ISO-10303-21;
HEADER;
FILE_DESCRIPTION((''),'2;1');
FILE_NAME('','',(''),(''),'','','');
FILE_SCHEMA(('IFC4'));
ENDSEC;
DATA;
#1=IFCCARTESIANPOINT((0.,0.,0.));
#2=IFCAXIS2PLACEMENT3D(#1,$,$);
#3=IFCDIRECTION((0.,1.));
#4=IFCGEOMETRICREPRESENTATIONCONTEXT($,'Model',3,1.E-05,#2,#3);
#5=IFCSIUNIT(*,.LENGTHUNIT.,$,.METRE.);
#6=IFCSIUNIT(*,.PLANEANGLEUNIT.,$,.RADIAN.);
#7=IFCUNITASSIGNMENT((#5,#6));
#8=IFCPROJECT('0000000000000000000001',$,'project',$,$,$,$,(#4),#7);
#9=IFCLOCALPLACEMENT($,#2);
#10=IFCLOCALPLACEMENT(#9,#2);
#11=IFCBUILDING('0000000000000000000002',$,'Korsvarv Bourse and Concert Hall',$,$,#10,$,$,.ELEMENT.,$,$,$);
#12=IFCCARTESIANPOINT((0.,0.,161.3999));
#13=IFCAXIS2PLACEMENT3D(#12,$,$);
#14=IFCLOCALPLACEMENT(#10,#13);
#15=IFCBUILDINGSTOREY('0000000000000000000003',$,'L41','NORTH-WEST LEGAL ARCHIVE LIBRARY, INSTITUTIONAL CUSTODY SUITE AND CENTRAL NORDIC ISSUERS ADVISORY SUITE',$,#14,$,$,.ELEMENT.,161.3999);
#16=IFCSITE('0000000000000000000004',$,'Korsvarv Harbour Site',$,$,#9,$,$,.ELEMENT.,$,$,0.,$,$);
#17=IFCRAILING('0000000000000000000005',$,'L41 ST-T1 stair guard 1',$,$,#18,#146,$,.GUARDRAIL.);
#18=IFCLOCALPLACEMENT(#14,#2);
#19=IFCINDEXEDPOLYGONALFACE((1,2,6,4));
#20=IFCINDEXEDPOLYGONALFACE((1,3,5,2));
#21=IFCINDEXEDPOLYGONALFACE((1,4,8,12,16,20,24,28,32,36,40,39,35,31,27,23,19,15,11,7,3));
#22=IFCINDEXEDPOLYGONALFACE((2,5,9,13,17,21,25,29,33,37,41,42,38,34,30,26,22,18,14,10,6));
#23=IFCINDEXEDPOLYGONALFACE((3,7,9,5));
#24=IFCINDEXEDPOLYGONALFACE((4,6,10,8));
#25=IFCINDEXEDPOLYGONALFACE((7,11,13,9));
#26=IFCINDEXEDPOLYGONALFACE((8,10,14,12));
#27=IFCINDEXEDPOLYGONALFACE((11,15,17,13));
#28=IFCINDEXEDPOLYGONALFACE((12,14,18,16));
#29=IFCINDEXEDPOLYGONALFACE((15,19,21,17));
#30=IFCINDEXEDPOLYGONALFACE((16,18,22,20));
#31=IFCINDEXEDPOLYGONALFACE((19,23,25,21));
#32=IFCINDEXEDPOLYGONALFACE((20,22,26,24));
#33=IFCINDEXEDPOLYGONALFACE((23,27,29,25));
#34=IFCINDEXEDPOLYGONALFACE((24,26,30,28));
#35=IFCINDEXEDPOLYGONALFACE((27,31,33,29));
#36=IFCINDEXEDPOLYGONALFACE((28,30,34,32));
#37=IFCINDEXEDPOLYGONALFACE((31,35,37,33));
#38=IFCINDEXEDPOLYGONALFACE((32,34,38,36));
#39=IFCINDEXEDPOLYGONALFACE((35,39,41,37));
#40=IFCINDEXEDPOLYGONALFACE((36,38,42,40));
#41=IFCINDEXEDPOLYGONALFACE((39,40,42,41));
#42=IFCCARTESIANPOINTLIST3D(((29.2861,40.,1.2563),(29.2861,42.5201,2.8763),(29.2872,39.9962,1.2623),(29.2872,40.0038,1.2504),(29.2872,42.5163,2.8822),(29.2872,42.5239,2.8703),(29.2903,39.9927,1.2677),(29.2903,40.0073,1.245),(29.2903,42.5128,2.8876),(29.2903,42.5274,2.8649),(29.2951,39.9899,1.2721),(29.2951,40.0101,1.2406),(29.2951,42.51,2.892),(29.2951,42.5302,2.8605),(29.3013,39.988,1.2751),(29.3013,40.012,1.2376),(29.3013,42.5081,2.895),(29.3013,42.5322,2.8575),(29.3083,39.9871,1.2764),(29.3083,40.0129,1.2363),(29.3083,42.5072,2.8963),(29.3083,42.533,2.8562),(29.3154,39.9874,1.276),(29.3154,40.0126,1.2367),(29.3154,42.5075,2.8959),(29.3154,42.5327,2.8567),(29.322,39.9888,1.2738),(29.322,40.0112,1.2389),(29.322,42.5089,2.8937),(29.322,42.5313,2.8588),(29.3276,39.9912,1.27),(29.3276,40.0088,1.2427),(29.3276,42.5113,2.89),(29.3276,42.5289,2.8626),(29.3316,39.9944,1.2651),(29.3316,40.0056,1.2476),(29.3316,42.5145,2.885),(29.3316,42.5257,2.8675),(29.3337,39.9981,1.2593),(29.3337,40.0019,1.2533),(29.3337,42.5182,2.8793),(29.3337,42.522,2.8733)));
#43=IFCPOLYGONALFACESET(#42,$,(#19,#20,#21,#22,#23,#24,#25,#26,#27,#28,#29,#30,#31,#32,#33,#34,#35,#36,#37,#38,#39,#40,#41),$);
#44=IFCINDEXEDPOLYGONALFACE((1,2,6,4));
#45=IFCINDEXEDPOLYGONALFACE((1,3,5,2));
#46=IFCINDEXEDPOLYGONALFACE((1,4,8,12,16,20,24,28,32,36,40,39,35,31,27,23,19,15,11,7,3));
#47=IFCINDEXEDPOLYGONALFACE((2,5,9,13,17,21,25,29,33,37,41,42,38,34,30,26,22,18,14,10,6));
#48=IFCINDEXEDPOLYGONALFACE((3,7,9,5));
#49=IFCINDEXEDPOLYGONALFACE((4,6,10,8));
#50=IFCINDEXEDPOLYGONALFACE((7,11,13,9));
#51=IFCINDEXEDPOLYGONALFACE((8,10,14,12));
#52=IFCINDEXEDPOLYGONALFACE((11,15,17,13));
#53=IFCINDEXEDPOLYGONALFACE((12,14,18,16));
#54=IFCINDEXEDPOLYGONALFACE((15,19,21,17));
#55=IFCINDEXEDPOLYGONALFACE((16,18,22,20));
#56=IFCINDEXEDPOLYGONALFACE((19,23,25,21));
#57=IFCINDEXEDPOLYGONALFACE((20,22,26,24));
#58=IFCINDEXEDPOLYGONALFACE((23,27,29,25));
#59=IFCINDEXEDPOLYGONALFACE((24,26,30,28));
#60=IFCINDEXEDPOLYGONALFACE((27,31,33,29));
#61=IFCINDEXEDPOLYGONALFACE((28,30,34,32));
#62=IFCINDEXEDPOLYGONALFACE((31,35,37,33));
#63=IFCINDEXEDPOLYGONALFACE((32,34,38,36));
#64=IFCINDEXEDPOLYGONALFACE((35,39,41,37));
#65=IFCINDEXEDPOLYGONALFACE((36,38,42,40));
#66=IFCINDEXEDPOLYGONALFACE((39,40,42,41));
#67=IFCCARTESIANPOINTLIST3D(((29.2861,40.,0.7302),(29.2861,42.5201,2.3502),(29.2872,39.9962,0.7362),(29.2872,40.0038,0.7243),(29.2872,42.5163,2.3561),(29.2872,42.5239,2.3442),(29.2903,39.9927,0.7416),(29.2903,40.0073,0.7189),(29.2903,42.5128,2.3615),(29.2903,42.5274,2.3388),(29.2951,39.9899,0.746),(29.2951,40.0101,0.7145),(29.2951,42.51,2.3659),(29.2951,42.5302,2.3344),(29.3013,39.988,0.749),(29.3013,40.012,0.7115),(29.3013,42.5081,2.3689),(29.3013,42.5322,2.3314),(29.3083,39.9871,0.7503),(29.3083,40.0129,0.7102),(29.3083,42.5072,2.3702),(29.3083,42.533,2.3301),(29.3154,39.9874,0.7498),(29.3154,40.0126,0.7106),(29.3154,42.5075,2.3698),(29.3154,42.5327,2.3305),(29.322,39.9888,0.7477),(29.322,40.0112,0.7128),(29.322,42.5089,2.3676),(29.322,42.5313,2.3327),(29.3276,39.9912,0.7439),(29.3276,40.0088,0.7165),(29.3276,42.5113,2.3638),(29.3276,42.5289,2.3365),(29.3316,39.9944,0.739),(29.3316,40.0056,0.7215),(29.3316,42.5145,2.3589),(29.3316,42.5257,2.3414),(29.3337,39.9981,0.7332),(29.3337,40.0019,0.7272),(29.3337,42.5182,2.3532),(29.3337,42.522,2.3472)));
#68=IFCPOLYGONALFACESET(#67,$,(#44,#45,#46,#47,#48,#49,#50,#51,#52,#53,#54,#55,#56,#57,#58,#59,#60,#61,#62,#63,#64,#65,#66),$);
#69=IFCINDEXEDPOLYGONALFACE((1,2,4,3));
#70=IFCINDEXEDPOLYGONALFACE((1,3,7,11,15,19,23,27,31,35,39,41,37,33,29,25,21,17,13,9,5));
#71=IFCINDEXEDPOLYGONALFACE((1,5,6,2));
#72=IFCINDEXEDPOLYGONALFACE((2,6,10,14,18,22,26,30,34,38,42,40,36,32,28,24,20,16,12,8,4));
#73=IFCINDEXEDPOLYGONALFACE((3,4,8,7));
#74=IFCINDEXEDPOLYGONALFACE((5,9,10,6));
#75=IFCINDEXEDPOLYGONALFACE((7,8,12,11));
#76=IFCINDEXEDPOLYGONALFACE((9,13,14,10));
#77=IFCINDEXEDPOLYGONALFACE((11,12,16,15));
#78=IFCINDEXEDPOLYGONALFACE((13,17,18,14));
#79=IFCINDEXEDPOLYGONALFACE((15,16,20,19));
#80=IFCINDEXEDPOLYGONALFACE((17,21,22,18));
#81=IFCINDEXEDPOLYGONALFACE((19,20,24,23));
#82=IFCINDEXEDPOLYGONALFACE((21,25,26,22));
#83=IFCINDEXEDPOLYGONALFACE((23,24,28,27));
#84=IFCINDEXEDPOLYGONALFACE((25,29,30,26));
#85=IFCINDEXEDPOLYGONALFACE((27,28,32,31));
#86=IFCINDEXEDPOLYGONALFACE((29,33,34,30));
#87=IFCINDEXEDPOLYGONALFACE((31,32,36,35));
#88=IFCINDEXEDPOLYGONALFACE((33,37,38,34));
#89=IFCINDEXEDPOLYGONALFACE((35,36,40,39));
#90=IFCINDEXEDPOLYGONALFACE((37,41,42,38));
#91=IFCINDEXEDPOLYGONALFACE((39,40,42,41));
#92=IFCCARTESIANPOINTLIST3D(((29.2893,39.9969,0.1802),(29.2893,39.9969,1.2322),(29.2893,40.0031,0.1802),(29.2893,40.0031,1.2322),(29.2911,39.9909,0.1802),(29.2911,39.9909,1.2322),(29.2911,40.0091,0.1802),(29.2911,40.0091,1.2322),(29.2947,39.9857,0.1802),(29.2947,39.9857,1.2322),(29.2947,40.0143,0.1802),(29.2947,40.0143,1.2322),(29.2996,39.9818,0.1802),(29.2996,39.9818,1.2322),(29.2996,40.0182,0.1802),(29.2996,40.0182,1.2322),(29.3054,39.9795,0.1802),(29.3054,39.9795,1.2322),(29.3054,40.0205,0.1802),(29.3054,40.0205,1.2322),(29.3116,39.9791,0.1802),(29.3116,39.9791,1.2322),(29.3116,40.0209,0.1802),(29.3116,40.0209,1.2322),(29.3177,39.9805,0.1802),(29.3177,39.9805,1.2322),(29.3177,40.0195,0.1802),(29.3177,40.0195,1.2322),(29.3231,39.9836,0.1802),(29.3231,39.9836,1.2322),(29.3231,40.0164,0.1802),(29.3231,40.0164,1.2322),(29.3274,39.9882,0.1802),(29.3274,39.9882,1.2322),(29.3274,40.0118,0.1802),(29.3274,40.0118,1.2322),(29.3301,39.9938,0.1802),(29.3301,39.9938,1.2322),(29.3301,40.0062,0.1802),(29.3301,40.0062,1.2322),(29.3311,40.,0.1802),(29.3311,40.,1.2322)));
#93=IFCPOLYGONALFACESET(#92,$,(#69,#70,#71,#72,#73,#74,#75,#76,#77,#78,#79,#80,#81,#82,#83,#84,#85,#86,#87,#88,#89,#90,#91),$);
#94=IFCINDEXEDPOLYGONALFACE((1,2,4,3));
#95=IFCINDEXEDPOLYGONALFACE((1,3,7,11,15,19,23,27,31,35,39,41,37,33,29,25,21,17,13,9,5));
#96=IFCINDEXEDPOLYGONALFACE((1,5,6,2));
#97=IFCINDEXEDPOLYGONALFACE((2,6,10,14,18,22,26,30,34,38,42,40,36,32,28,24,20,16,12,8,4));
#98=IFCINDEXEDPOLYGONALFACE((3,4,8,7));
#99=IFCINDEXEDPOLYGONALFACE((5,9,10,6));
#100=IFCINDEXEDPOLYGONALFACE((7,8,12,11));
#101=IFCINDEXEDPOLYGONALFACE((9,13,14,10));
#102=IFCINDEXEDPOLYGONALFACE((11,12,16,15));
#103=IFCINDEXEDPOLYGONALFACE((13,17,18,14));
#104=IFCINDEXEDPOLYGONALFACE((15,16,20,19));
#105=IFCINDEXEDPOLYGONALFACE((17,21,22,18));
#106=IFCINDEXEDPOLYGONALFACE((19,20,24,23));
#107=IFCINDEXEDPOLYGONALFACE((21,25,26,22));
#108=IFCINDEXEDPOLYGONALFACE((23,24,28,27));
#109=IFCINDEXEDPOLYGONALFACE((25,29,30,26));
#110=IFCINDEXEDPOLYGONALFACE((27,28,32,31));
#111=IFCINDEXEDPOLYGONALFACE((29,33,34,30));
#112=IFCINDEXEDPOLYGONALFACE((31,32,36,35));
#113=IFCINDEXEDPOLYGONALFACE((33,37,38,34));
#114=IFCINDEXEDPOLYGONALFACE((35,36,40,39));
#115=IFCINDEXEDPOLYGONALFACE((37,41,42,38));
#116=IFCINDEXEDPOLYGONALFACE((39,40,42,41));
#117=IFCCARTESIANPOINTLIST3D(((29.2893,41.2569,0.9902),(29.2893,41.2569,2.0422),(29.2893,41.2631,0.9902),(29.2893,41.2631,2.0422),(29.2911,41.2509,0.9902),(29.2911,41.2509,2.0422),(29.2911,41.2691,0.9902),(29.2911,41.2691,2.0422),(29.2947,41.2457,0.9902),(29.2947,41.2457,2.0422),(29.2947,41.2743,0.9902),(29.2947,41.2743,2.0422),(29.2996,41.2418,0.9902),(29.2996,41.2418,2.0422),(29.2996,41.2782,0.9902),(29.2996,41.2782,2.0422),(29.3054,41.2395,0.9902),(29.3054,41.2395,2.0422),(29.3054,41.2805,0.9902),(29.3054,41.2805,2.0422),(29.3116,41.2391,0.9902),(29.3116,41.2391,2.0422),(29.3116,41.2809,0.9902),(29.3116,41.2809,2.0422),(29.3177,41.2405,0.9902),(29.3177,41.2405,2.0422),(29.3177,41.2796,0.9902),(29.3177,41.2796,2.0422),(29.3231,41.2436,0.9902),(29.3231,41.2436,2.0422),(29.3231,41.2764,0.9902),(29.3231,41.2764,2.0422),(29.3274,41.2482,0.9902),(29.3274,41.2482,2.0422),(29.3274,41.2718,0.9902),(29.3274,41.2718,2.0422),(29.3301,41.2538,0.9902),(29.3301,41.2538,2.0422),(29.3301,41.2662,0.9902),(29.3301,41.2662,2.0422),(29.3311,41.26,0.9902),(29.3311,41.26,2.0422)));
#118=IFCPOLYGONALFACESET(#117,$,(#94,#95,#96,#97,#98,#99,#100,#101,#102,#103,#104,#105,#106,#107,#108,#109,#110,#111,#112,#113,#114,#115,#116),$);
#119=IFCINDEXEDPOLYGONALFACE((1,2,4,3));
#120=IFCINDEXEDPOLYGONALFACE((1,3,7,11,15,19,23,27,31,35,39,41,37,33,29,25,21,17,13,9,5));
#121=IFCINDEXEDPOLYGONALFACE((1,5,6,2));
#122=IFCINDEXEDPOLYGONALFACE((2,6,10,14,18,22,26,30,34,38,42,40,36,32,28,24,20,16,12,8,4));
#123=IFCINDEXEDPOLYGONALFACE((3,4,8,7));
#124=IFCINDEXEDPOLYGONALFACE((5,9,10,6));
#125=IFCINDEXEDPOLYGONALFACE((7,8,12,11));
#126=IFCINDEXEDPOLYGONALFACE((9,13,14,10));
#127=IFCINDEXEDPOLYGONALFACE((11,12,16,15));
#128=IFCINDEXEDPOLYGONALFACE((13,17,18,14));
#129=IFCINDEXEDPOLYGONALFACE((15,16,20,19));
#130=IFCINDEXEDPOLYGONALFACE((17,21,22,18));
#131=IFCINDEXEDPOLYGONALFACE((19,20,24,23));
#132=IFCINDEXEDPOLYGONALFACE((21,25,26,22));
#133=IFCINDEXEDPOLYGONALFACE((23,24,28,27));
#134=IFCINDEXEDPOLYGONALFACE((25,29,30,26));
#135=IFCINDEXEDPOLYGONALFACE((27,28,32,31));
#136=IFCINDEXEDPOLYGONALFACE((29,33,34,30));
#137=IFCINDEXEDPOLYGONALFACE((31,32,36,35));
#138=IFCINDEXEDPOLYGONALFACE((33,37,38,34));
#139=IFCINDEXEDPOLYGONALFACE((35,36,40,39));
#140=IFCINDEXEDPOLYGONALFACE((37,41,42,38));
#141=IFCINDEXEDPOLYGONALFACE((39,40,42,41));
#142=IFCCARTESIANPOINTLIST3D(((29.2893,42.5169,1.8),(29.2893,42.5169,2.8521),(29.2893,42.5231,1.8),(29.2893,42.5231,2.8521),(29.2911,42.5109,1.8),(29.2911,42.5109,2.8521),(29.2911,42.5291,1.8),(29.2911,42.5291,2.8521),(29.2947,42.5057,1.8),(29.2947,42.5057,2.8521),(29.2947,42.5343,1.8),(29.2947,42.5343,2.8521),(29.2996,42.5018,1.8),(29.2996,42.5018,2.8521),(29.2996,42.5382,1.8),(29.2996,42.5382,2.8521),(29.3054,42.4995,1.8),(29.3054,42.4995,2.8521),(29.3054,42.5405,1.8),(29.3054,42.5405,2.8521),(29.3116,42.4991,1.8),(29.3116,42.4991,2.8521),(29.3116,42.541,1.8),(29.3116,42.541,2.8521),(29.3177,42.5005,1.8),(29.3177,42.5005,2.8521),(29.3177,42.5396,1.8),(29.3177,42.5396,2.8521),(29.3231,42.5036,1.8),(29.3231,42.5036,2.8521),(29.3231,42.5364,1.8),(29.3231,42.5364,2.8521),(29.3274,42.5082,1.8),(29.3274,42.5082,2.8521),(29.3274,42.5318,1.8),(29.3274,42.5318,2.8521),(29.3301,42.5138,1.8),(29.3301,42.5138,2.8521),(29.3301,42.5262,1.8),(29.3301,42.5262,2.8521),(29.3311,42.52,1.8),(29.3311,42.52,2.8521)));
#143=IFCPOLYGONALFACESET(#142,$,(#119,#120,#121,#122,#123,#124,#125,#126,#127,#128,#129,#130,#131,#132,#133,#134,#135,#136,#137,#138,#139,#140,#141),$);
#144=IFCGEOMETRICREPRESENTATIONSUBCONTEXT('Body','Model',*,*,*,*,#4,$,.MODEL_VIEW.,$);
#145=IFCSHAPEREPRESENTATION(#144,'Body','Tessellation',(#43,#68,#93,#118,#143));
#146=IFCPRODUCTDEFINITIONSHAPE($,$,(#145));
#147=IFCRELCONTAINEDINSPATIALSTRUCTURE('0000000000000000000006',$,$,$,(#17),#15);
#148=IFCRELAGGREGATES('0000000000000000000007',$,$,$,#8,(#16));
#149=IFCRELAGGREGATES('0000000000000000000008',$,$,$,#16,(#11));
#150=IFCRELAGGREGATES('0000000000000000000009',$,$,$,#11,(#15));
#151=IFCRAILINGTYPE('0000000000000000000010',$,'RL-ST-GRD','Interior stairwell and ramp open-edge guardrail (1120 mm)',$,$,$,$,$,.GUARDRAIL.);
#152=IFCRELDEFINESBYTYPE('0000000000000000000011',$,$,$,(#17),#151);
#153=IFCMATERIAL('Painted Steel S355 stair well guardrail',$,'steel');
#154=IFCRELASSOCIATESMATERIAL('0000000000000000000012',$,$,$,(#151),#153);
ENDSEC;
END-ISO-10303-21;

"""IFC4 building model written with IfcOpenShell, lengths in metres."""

from ifc_helpers import new_model, si_unit, direction, frame, origin, origin_2d, place, context, subcontext, project, spatial, circle, extrude, material, type_object, element, save


model = new_model("IFC4")

# Units and contexts
model_context = context("Model", 3, precision=1e-05, world=origin(), true_north=direction((0.0, 1.0)))
body_context = subcontext(model_context, "Body", "Model", "MODEL_VIEW")
ifc_project = project(units=[si_unit("LENGTHUNIT", "METRE"), si_unit("PLANEANGLEUNIT", "RADIAN")], contexts=[model_context])

# Site, building, storey
site_placement = place(None, origin())
site = spatial("IfcSite", under=ifc_project, at=site_placement, Name="Korsvarv Harbour Site", CompositionType="ELEMENT", RefElevation=0.0)
building_placement = place(site_placement, origin())
building = spatial("IfcBuilding", under=site, at=building_placement, Name="Korsvarv Bourse and Concert Hall", CompositionType="ELEMENT")
storey_placement = place(building_placement, frame((0.0, 0.0, 161.3999)))
storey = spatial("IfcBuildingStorey", under=building, at=storey_placement, Name="L41", Description="NORTH-WEST LEGAL ARCHIVE LIBRARY, INSTITUTIONAL CUSTODY SUITE AND CENTRAL NORDIC ISSUERS ADVISORY SUITE", CompositionType="ELEMENT", Elevation=161.3999)

# Railing
ifc_material_1 = material(Name="Painted Steel S355 stair well guardrail", Category="steel")
railing_type_1 = type_object("IfcRailingType", Name="RL-ST-GRD", Description="Interior stairwell and ramp open-edge guardrail (1120 mm)", PredefinedType="GUARDRAIL", material=ifc_material_1)
railing_1_placement = place(storey_placement, frame((29.3101, 40.0, 0.1802)))
element("IfcRailing", 1, at=railing_1_placement, inside=storey, type_object=railing_type_1, Name="L41 ST-T1 stair guard 1", PredefinedType="GUARDRAIL", context=body_context, shape_type="SweptSolid", body=[
    extrude(circle(Radius=0.0239, at=origin_2d()), frame((0.0, 0.0, 1.0762), z_axis=(0.0, 0.8412, 0.540725), x_axis=(-1.0, 0.0, 0.0)), (0.0, 0.0, 1.0), 2.9958),
    extrude(circle(Radius=0.0239, at=origin_2d()), frame((0.0, 0.0, 0.55), z_axis=(0.0, 0.8412, 0.540725), x_axis=(-1.0, 0.0, 0.0)), (0.0, 0.0, 1.0), 2.9958),
    extrude(circle(Radius=0.021, at=origin_2d()), origin(), (0.0, 0.0, 1.0), 1.052),
    extrude(circle(Radius=0.021, at=origin_2d()), frame((0.0, 1.26, 0.8101)), (0.0, 0.0, 1.0), 1.052),
    extrude(circle(Radius=0.021, at=origin_2d()), frame((0.0, 2.52, 1.6199)), (0.0, 0.0, 1.0), 1.052),
])

save(model, "model.ifc")
